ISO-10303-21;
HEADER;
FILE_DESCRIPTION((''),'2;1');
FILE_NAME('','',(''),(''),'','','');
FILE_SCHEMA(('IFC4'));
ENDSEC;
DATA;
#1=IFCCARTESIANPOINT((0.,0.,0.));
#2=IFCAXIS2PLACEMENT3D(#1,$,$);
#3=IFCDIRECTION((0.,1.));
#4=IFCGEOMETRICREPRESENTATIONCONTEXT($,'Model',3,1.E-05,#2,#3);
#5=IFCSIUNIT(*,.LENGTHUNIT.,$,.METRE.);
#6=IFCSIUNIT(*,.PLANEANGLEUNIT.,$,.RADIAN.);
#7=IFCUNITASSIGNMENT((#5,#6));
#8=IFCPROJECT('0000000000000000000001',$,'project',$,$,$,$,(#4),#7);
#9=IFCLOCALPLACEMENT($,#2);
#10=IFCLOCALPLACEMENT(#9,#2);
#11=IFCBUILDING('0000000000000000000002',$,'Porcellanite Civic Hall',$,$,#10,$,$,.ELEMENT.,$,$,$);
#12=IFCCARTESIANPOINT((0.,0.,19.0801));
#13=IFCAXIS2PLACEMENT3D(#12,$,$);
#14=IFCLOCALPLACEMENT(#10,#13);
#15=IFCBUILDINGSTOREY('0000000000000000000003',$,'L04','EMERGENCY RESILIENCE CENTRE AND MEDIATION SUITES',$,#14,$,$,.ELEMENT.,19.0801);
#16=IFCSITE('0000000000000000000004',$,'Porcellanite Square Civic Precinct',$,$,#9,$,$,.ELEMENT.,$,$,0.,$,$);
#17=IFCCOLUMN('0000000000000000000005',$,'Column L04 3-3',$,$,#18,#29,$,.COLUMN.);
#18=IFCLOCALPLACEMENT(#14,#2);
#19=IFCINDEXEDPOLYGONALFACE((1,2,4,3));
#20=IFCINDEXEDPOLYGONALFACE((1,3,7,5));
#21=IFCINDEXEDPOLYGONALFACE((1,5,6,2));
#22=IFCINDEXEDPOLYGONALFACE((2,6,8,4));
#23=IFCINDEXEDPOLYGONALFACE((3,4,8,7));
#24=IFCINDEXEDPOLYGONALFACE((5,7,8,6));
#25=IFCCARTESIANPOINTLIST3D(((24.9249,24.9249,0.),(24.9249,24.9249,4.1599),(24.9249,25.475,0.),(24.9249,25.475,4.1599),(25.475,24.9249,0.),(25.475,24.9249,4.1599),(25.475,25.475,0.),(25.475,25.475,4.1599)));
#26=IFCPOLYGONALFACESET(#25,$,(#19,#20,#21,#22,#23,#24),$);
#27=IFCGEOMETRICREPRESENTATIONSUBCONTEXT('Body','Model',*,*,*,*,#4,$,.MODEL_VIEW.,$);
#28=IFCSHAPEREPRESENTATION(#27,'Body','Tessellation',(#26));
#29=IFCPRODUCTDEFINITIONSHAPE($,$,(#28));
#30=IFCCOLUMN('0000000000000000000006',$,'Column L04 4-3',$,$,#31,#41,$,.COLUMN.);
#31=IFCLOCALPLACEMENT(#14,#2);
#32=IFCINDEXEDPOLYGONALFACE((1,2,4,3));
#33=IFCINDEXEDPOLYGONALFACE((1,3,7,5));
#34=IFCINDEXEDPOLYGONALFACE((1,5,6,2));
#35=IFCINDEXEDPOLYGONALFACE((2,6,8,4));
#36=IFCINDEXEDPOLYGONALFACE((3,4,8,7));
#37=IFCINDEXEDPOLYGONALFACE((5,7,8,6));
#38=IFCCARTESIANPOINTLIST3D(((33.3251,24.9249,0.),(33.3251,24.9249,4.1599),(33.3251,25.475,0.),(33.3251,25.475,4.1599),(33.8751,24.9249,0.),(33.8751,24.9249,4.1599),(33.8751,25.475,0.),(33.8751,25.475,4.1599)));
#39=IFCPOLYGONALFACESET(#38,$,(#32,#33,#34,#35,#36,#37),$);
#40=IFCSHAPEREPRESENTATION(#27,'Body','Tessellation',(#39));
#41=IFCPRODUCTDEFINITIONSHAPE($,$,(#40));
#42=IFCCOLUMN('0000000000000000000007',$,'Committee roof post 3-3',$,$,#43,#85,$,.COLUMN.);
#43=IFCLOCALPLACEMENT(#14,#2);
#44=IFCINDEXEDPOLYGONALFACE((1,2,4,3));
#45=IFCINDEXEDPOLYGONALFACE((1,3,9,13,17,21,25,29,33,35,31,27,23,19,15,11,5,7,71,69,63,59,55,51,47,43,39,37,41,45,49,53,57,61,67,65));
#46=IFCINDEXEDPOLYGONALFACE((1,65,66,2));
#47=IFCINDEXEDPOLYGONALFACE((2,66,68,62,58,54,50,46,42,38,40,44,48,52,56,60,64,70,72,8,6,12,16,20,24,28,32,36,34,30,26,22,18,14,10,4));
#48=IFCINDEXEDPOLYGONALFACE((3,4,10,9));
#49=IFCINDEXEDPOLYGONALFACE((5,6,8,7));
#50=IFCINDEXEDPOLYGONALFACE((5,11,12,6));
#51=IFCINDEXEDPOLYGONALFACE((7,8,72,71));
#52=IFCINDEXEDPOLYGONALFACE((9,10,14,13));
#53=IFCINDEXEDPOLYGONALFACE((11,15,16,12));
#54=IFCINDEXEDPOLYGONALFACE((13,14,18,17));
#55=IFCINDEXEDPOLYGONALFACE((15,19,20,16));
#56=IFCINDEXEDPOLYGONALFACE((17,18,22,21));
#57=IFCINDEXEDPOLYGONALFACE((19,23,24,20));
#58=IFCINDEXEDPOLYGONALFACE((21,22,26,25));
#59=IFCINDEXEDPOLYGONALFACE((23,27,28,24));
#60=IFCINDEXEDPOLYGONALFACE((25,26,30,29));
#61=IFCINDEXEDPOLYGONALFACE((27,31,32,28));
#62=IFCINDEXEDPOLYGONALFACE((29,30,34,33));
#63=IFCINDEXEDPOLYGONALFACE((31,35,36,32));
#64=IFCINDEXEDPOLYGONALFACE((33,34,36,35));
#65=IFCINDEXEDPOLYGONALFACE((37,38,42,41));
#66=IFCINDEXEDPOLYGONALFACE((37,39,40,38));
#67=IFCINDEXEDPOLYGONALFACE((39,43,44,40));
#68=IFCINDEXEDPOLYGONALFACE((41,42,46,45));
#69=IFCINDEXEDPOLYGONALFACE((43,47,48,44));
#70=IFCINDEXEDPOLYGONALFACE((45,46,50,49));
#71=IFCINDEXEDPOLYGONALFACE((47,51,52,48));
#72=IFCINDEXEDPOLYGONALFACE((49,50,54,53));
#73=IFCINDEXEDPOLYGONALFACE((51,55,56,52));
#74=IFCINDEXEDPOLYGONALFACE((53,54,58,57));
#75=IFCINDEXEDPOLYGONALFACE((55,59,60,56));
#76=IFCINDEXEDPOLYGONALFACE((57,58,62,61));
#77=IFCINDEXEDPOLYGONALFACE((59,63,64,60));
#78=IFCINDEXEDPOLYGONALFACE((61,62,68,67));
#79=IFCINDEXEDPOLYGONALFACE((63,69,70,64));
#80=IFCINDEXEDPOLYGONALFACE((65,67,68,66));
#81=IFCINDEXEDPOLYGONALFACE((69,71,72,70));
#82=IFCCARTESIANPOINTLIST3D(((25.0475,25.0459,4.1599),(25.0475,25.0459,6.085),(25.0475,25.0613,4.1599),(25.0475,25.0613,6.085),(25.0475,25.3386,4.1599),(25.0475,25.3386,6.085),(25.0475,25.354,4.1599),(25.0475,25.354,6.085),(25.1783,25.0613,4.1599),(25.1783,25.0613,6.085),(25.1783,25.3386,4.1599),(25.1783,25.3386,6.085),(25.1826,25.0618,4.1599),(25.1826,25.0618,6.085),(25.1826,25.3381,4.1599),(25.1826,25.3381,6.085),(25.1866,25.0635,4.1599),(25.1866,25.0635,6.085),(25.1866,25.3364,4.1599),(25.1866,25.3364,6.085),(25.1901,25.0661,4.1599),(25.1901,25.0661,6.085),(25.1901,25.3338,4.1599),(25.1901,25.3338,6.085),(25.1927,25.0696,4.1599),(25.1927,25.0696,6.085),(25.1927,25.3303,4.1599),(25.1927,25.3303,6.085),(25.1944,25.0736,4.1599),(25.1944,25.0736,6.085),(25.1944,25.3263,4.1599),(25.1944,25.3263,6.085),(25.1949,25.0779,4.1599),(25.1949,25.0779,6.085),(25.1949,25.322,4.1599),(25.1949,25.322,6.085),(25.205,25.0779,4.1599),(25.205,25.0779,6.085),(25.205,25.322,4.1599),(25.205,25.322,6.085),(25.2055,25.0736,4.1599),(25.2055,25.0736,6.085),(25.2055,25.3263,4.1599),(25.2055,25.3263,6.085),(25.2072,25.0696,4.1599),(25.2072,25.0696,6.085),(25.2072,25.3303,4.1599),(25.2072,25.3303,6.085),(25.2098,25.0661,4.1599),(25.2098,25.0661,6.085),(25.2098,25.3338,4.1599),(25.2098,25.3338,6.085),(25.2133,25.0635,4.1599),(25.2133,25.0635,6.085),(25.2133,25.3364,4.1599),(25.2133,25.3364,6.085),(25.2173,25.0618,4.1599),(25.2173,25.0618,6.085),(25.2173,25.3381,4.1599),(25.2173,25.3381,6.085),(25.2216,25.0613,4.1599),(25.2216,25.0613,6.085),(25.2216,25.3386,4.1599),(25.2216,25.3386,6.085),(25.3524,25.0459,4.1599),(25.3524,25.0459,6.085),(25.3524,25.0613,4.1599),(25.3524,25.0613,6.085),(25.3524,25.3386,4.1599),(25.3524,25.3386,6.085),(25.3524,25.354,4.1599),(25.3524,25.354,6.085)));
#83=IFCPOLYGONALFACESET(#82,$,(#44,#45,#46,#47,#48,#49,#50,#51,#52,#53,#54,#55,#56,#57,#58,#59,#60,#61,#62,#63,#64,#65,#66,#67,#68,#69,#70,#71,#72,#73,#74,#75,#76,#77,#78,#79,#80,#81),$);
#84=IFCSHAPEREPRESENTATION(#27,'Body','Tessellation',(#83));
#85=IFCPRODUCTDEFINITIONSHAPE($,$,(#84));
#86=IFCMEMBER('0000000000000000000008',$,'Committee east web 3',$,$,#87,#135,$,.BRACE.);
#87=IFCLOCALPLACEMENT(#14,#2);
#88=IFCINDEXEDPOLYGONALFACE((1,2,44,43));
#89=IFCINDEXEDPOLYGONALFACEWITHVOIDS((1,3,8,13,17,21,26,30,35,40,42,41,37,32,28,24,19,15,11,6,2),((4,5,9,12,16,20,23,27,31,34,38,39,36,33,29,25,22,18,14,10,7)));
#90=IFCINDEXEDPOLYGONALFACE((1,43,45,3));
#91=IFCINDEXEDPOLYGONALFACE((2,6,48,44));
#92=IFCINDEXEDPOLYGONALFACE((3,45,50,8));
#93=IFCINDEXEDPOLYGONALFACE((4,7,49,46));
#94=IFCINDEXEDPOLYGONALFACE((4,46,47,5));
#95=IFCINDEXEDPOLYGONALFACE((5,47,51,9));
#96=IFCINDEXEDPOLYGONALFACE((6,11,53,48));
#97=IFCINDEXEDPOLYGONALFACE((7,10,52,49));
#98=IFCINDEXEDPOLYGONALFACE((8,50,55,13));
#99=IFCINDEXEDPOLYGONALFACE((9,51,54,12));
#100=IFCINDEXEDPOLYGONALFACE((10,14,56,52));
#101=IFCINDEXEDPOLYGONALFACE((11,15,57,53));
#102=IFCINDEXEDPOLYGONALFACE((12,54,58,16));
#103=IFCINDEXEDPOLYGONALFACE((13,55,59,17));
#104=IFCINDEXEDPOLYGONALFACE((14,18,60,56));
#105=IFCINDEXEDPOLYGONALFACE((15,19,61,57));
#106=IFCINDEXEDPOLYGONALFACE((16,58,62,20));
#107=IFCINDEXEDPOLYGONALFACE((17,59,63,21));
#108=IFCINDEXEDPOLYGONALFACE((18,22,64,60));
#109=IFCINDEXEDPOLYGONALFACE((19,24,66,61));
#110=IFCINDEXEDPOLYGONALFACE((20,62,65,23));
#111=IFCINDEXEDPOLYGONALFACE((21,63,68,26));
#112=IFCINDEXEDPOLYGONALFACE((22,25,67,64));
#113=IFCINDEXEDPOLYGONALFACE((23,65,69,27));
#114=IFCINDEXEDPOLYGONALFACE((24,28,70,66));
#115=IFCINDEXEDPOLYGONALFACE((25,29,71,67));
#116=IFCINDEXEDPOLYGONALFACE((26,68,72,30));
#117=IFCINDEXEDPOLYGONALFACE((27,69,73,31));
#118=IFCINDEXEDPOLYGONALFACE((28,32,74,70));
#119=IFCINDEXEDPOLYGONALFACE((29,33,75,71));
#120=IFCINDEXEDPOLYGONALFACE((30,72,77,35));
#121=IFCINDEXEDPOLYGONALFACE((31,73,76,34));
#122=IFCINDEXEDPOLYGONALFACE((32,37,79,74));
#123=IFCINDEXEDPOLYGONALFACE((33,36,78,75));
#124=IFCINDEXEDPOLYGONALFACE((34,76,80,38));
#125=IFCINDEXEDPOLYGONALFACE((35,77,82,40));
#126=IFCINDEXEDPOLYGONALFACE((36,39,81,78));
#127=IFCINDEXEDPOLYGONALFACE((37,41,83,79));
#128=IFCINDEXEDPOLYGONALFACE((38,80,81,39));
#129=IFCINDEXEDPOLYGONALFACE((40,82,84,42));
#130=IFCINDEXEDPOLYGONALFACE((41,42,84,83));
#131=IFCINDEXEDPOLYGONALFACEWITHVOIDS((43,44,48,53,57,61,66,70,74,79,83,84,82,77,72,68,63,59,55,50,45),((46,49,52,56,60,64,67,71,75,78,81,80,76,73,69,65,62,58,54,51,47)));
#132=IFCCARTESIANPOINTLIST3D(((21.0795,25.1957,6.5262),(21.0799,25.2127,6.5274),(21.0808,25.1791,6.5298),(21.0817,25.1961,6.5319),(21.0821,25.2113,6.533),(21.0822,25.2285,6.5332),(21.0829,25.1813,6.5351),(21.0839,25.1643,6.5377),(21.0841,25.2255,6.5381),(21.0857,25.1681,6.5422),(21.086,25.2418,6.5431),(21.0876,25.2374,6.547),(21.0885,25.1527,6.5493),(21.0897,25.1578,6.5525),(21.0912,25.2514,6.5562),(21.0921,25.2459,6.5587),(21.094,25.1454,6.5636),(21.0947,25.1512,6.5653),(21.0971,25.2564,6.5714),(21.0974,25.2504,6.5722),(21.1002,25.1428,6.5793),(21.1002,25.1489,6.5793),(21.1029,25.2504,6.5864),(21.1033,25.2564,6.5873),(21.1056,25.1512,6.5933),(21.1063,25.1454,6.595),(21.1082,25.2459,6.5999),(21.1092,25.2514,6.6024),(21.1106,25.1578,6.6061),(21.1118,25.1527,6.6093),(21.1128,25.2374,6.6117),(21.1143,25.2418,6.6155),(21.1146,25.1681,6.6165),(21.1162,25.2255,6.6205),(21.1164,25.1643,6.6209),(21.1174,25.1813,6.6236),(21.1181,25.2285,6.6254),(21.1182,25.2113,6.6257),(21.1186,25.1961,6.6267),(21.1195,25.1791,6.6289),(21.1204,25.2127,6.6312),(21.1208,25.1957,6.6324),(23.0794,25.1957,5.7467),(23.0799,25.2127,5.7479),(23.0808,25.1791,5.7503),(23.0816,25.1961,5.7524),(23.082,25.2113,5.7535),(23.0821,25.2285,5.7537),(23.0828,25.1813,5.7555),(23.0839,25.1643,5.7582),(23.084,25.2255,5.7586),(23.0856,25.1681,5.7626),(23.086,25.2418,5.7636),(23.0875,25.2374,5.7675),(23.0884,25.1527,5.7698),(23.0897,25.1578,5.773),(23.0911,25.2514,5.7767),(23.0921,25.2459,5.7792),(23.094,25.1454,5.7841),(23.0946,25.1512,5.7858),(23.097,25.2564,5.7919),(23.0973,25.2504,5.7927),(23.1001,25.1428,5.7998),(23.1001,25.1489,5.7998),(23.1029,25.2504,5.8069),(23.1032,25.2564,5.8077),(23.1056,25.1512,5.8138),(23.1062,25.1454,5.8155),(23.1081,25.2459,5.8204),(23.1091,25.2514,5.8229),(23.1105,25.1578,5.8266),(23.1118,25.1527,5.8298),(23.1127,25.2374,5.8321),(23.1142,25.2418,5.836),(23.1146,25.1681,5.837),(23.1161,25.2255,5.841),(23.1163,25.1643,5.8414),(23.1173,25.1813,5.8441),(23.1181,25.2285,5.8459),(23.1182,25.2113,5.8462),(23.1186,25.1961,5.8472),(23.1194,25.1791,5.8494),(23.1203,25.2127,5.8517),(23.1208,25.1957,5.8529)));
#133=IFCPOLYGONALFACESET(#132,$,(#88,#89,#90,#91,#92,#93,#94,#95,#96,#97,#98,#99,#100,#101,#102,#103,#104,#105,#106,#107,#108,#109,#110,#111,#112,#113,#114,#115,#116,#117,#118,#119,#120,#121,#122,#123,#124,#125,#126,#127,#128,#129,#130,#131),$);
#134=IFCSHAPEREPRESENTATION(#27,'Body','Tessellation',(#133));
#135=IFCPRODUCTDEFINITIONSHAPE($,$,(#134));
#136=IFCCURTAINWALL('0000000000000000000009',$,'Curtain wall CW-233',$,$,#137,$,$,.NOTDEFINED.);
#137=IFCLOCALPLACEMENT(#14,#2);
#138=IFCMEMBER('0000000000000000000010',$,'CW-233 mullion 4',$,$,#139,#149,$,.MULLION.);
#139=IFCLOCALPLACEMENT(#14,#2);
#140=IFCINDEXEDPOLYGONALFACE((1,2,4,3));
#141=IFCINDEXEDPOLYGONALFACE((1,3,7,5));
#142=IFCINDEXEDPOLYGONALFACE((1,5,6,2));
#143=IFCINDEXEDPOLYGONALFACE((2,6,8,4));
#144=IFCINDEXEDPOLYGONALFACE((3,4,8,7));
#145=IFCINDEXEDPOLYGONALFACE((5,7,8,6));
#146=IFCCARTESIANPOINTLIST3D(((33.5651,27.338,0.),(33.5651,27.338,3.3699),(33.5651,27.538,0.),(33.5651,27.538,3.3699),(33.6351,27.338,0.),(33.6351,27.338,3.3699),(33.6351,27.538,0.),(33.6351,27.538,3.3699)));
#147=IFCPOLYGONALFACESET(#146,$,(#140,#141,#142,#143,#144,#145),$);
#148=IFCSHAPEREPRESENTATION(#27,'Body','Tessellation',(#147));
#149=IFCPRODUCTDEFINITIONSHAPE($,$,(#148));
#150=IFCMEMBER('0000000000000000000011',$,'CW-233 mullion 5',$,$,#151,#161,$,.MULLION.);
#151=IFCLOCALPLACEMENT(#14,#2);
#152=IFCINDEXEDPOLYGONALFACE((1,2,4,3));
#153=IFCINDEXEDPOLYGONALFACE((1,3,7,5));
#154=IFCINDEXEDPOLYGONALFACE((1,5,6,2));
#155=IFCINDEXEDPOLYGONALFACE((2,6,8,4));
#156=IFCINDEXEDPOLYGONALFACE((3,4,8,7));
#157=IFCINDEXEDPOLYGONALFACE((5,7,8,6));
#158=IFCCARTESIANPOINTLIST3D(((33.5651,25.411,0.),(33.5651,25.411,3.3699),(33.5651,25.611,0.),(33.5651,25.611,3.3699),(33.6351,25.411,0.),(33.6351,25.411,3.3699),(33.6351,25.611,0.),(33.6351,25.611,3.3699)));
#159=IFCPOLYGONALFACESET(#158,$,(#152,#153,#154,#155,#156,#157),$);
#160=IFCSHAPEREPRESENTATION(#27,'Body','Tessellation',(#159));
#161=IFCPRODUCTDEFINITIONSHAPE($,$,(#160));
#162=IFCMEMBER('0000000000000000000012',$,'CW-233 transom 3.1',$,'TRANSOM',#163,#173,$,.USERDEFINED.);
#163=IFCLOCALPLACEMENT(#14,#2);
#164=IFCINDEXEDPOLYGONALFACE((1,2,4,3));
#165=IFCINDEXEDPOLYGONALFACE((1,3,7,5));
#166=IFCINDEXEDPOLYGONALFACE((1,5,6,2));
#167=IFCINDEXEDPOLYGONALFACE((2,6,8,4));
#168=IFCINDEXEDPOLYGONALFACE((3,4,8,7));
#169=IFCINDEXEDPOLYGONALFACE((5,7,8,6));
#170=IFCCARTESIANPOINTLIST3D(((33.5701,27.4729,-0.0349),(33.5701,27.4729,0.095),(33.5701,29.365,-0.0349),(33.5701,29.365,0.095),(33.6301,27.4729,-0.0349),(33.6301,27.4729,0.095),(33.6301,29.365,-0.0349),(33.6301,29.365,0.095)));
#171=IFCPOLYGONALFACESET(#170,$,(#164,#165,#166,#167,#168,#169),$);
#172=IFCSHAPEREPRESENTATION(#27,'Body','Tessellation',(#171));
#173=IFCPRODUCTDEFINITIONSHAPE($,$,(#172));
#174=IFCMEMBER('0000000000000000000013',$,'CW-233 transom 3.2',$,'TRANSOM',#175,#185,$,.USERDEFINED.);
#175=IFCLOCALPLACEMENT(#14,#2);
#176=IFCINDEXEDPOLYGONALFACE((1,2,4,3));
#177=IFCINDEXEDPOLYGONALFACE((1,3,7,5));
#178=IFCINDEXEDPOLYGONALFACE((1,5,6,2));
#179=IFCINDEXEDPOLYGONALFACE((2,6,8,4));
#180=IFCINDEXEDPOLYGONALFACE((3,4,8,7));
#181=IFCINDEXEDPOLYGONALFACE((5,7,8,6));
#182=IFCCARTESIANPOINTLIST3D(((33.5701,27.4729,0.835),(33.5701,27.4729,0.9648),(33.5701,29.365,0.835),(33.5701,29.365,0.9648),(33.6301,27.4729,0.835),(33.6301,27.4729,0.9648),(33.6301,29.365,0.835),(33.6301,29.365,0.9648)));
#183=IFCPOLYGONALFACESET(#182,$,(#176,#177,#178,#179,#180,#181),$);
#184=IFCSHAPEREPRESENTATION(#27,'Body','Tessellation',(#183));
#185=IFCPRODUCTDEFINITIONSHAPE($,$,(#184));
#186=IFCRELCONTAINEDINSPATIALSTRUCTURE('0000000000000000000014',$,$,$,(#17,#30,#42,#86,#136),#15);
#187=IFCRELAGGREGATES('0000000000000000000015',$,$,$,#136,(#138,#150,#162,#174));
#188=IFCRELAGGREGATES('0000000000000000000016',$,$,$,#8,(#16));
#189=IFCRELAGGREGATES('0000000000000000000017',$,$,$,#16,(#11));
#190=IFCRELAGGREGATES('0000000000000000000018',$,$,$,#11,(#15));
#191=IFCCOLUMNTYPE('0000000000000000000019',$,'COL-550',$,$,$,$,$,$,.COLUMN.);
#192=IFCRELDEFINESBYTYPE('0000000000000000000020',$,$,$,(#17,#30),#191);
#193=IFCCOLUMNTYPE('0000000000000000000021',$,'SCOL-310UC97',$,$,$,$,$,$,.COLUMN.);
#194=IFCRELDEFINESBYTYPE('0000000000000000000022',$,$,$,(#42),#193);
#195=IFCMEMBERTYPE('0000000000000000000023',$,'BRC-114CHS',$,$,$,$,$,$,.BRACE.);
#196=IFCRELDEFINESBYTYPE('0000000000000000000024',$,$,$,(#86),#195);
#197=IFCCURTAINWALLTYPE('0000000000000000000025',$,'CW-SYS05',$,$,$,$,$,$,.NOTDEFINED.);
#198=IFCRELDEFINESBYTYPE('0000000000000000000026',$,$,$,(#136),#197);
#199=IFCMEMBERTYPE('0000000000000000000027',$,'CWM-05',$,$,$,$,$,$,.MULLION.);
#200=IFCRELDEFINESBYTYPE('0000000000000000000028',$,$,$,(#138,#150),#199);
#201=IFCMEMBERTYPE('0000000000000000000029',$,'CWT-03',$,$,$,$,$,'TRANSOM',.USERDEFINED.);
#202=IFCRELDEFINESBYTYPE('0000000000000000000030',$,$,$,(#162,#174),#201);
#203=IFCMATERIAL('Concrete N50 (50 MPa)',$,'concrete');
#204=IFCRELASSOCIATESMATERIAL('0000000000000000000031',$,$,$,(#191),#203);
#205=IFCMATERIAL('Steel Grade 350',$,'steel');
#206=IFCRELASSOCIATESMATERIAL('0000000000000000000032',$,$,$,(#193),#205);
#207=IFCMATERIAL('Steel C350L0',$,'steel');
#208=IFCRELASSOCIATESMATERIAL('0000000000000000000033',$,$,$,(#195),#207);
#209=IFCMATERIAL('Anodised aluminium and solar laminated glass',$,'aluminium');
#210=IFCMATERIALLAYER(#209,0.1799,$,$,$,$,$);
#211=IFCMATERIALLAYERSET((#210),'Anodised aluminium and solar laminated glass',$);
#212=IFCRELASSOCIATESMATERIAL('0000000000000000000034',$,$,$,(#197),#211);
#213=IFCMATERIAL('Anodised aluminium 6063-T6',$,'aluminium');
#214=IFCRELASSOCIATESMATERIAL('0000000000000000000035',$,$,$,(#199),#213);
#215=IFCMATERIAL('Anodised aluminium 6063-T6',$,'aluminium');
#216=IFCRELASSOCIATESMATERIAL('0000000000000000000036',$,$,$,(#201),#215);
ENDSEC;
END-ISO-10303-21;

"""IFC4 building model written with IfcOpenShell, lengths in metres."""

from ifc_helpers import new_model, si_unit, direction, frame, origin, origin_2d, place, context, subcontext, project, spatial, rectangle, hollow_circle, i_section, extrude, material, layer, layer_set, material_profile, profile_set, type_object, element, aggregate, save


model = new_model("IFC4")

# Units and contexts
model_context = context("Model", 3, precision=1e-05, world=origin(), true_north=direction((0.0, 1.0)))
body_context = subcontext(model_context, "Body", "Model", "MODEL_VIEW")
ifc_project = project(units=[si_unit("LENGTHUNIT", "METRE"), si_unit("PLANEANGLEUNIT", "RADIAN")], contexts=[model_context])

# Site, building, storey
site_placement = place(None, origin())
site = spatial("IfcSite", under=ifc_project, at=site_placement, Name="Porcellanite Square Civic Precinct", CompositionType="ELEMENT", RefElevation=0.0)
building_placement = place(site_placement, origin())
building = spatial("IfcBuilding", under=site, at=building_placement, Name="Porcellanite Civic Hall", CompositionType="ELEMENT")
storey_placement = place(building_placement, frame((0.0, 0.0, 19.0801)))
storey = spatial("IfcBuildingStorey", under=building, at=storey_placement, Name="L04", Description="EMERGENCY RESILIENCE CENTRE AND MEDIATION SUITES", CompositionType="ELEMENT", Elevation=19.0801)

# Columns
ifc_material_1 = material(Name="Concrete N50 (50 MPa)", Category="concrete")
ifc_material_profile_1 = material_profile(ifc_material_1, rectangle(XDim=0.55, YDim=0.55, at=origin_2d()), Name="RC-550x550")
ifc_profile_set_1 = profile_set([ifc_material_profile_1], Name="Concrete N50 (50 MPa)")
column_type_1 = type_object("IfcColumnType", Name="COL-550", PredefinedType="COLUMN", material=ifc_profile_set_1)
for number, where, z_axis, x_axis, name in (
    (1, (25.2, 25.2, 0.0), (0.0, 0.0, 1.0), (1.0, 0.0, 0.0), "Column L04 3-3"),
    (2, (33.6001, 25.2, 0.0), (0.0, 0.0, 1.0), (1.0, 0.0, 0.0), "Column L04 4-3"),
):
    element("IfcColumn", number, at=place(storey_placement, frame(where, z_axis=z_axis, x_axis=x_axis)), inside=storey, type_object=column_type_1, Name=name, PredefinedType="COLUMN", context=body_context, shape_type="SweptSolid", body=[
        extrude(rectangle(XDim=0.55, YDim=0.55, at=origin_2d()), origin(), (0.0, 0.0, 1.0), 4.1599),
    ])
ifc_material_2 = material(Name="Steel Grade 350", Category="steel")
ifc_material_profile_2 = material_profile(ifc_material_2, i_section(OverallWidth=0.3049, OverallDepth=0.3081, WebThickness=0.01, FlangeThickness=0.0154, FilletRadius=0.0166, at=origin_2d()), Name="310UC96.8")
ifc_profile_set_2 = profile_set([ifc_material_profile_2], Name="Steel Grade 350")
column_type_2 = type_object("IfcColumnType", Name="SCOL-310UC97", PredefinedType="COLUMN", material=ifc_profile_set_2)
column_placement = place(storey_placement, frame((25.2, 25.2, 4.1599), z_axis=(0.0, 0.0, 1.0), x_axis=(1.0, 0.0, 0.0)))
element("IfcColumn", 3, at=column_placement, inside=storey, type_object=column_type_2, Name="Committee roof post 3-3", PredefinedType="COLUMN", context=body_context, shape_type="SweptSolid", body=[
    extrude(i_section(OverallWidth=0.3049, OverallDepth=0.3081, WebThickness=0.01, FlangeThickness=0.0154, FilletRadius=0.0166, at=origin_2d()), origin(), (0.0, 0.0, 1.0), 1.925),
])

# Member
ifc_material_3 = material(Name="Steel C350L0", Category="steel")
ifc_material_profile_3 = material_profile(ifc_material_3, hollow_circle(Radius=0.0571, WallThickness=0.0061, at=origin_2d()), Name="114.3x6.0CHS")
ifc_profile_set_3 = profile_set([ifc_material_profile_3], Name="Steel C350L0")
member_type_1 = type_object("IfcMemberType", Name="BRC-114CHS", PredefinedType="BRACE", material=ifc_profile_set_3)
member_1_placement = place(storey_placement, frame((23.1001, 25.2, 5.7998), z_axis=(-0.931727, 0.0, 0.36316), x_axis=(0.0, -1.0, 0.0)))
element("IfcMember", 4, at=member_1_placement, inside=storey, type_object=member_type_1, Name="Committee east web 3", PredefinedType="BRACE", context=body_context, shape_type="SweptSolid", body=[
    extrude(hollow_circle(Radius=0.0571, WallThickness=0.0061, at=origin_2d()), origin(), (0.0, 0.0, 1.0), 2.1465),
])

# Curtain wall, members
ifc_material_4 = material(Name="Anodised aluminium and solar laminated glass", Category="aluminium")
ifc_layer_1 = layer(ifc_material_4, 0.1799)
ifc_layer_set_1 = layer_set([ifc_layer_1], Name="Anodised aluminium and solar laminated glass")
curtain_wall_type = type_object("IfcCurtainWallType", Name="CW-SYS05", PredefinedType="NOTDEFINED", material=ifc_layer_set_1)
curtain_wall_placement = place(storey_placement, origin())
curtain_wall = element("IfcCurtainWall", 5, at=curtain_wall_placement, inside=storey, type_object=curtain_wall_type, Name="Curtain wall CW-233", PredefinedType="NOTDEFINED")
ifc_material_5 = material(Name="Anodised aluminium 6063-T6", Category="aluminium")
ifc_material_profile_4 = material_profile(ifc_material_5, rectangle(XDim=0.0701, YDim=0.2, at=origin_2d()), Name="AL-70x200")
ifc_profile_set_4 = profile_set([ifc_material_profile_4], Name="Anodised aluminium 6063-T6")
member_type_2 = type_object("IfcMemberType", Name="CWM-05", PredefinedType="MULLION", material=ifc_profile_set_4)
member_2_placement = place(storey_placement, frame((33.6001, 27.438, 0.0), z_axis=(0.0, 0.0, 1.0), x_axis=(1.0, 0.0, 0.0)))
member_2 = element("IfcMember", 6, at=member_2_placement, type_object=member_type_2, Name="CW-233 mullion 4", PredefinedType="MULLION", context=body_context, shape_type="SweptSolid", body=[
    extrude(rectangle(XDim=0.0701, YDim=0.2, at=origin_2d()), origin(), (0.0, 0.0, 1.0), 3.3699),
])
member_3_placement = place(storey_placement, frame((33.6001, 25.511, 0.0), z_axis=(0.0, 0.0, 1.0), x_axis=(1.0, 0.0, 0.0)))
member_3 = element("IfcMember", 7, at=member_3_placement, type_object=member_type_2, Name="CW-233 mullion 5", PredefinedType="MULLION", context=body_context, shape_type="SweptSolid", body=[
    extrude(rectangle(XDim=0.0701, YDim=0.2, at=origin_2d()), origin(), (0.0, 0.0, 1.0), 3.3699),
])
ifc_material_6 = material(Name="Anodised aluminium 6063-T6", Category="aluminium")
ifc_material_profile_5 = material_profile(ifc_material_6, rectangle(XDim=0.0601, YDim=0.1299, at=origin_2d()), Name="AL-60x130")
ifc_profile_set_5 = profile_set([ifc_material_profile_5], Name="Anodised aluminium 6063-T6")
member_type_3 = type_object("IfcMemberType", Name="CWT-03", ElementType="TRANSOM", PredefinedType="USERDEFINED", material=ifc_profile_set_5)
member_4_placement = place(storey_placement, frame((33.6001, 29.365, 0.03), z_axis=(0.0, -1.0, 0.0), x_axis=(1.0, 0.0, 0.0)))
member_4 = element("IfcMember", 8, at=member_4_placement, type_object=member_type_3, Name="CW-233 transom 3.1", ObjectType="TRANSOM", PredefinedType="USERDEFINED", context=body_context, shape_type="SweptSolid", body=[
    extrude(rectangle(XDim=0.0601, YDim=0.1299, at=origin_2d()), origin(), (0.0, 0.0, 1.0), 1.8921),
])
member_5_placement = place(storey_placement, frame((33.6001, 29.365, 0.8999), z_axis=(0.0, -1.0, 0.0), x_axis=(1.0, 0.0, 0.0)))
member_5 = element("IfcMember", 9, at=member_5_placement, type_object=member_type_3, Name="CW-233 transom 3.2", ObjectType="TRANSOM", PredefinedType="USERDEFINED", context=body_context, shape_type="SweptSolid", body=[
    extrude(rectangle(XDim=0.0601, YDim=0.1299, at=origin_2d()), origin(), (0.0, 0.0, 1.0), 1.8921),
])

aggregate(curtain_wall, [member_2, member_3, member_4, member_5])

save(model, "model.ifc")
